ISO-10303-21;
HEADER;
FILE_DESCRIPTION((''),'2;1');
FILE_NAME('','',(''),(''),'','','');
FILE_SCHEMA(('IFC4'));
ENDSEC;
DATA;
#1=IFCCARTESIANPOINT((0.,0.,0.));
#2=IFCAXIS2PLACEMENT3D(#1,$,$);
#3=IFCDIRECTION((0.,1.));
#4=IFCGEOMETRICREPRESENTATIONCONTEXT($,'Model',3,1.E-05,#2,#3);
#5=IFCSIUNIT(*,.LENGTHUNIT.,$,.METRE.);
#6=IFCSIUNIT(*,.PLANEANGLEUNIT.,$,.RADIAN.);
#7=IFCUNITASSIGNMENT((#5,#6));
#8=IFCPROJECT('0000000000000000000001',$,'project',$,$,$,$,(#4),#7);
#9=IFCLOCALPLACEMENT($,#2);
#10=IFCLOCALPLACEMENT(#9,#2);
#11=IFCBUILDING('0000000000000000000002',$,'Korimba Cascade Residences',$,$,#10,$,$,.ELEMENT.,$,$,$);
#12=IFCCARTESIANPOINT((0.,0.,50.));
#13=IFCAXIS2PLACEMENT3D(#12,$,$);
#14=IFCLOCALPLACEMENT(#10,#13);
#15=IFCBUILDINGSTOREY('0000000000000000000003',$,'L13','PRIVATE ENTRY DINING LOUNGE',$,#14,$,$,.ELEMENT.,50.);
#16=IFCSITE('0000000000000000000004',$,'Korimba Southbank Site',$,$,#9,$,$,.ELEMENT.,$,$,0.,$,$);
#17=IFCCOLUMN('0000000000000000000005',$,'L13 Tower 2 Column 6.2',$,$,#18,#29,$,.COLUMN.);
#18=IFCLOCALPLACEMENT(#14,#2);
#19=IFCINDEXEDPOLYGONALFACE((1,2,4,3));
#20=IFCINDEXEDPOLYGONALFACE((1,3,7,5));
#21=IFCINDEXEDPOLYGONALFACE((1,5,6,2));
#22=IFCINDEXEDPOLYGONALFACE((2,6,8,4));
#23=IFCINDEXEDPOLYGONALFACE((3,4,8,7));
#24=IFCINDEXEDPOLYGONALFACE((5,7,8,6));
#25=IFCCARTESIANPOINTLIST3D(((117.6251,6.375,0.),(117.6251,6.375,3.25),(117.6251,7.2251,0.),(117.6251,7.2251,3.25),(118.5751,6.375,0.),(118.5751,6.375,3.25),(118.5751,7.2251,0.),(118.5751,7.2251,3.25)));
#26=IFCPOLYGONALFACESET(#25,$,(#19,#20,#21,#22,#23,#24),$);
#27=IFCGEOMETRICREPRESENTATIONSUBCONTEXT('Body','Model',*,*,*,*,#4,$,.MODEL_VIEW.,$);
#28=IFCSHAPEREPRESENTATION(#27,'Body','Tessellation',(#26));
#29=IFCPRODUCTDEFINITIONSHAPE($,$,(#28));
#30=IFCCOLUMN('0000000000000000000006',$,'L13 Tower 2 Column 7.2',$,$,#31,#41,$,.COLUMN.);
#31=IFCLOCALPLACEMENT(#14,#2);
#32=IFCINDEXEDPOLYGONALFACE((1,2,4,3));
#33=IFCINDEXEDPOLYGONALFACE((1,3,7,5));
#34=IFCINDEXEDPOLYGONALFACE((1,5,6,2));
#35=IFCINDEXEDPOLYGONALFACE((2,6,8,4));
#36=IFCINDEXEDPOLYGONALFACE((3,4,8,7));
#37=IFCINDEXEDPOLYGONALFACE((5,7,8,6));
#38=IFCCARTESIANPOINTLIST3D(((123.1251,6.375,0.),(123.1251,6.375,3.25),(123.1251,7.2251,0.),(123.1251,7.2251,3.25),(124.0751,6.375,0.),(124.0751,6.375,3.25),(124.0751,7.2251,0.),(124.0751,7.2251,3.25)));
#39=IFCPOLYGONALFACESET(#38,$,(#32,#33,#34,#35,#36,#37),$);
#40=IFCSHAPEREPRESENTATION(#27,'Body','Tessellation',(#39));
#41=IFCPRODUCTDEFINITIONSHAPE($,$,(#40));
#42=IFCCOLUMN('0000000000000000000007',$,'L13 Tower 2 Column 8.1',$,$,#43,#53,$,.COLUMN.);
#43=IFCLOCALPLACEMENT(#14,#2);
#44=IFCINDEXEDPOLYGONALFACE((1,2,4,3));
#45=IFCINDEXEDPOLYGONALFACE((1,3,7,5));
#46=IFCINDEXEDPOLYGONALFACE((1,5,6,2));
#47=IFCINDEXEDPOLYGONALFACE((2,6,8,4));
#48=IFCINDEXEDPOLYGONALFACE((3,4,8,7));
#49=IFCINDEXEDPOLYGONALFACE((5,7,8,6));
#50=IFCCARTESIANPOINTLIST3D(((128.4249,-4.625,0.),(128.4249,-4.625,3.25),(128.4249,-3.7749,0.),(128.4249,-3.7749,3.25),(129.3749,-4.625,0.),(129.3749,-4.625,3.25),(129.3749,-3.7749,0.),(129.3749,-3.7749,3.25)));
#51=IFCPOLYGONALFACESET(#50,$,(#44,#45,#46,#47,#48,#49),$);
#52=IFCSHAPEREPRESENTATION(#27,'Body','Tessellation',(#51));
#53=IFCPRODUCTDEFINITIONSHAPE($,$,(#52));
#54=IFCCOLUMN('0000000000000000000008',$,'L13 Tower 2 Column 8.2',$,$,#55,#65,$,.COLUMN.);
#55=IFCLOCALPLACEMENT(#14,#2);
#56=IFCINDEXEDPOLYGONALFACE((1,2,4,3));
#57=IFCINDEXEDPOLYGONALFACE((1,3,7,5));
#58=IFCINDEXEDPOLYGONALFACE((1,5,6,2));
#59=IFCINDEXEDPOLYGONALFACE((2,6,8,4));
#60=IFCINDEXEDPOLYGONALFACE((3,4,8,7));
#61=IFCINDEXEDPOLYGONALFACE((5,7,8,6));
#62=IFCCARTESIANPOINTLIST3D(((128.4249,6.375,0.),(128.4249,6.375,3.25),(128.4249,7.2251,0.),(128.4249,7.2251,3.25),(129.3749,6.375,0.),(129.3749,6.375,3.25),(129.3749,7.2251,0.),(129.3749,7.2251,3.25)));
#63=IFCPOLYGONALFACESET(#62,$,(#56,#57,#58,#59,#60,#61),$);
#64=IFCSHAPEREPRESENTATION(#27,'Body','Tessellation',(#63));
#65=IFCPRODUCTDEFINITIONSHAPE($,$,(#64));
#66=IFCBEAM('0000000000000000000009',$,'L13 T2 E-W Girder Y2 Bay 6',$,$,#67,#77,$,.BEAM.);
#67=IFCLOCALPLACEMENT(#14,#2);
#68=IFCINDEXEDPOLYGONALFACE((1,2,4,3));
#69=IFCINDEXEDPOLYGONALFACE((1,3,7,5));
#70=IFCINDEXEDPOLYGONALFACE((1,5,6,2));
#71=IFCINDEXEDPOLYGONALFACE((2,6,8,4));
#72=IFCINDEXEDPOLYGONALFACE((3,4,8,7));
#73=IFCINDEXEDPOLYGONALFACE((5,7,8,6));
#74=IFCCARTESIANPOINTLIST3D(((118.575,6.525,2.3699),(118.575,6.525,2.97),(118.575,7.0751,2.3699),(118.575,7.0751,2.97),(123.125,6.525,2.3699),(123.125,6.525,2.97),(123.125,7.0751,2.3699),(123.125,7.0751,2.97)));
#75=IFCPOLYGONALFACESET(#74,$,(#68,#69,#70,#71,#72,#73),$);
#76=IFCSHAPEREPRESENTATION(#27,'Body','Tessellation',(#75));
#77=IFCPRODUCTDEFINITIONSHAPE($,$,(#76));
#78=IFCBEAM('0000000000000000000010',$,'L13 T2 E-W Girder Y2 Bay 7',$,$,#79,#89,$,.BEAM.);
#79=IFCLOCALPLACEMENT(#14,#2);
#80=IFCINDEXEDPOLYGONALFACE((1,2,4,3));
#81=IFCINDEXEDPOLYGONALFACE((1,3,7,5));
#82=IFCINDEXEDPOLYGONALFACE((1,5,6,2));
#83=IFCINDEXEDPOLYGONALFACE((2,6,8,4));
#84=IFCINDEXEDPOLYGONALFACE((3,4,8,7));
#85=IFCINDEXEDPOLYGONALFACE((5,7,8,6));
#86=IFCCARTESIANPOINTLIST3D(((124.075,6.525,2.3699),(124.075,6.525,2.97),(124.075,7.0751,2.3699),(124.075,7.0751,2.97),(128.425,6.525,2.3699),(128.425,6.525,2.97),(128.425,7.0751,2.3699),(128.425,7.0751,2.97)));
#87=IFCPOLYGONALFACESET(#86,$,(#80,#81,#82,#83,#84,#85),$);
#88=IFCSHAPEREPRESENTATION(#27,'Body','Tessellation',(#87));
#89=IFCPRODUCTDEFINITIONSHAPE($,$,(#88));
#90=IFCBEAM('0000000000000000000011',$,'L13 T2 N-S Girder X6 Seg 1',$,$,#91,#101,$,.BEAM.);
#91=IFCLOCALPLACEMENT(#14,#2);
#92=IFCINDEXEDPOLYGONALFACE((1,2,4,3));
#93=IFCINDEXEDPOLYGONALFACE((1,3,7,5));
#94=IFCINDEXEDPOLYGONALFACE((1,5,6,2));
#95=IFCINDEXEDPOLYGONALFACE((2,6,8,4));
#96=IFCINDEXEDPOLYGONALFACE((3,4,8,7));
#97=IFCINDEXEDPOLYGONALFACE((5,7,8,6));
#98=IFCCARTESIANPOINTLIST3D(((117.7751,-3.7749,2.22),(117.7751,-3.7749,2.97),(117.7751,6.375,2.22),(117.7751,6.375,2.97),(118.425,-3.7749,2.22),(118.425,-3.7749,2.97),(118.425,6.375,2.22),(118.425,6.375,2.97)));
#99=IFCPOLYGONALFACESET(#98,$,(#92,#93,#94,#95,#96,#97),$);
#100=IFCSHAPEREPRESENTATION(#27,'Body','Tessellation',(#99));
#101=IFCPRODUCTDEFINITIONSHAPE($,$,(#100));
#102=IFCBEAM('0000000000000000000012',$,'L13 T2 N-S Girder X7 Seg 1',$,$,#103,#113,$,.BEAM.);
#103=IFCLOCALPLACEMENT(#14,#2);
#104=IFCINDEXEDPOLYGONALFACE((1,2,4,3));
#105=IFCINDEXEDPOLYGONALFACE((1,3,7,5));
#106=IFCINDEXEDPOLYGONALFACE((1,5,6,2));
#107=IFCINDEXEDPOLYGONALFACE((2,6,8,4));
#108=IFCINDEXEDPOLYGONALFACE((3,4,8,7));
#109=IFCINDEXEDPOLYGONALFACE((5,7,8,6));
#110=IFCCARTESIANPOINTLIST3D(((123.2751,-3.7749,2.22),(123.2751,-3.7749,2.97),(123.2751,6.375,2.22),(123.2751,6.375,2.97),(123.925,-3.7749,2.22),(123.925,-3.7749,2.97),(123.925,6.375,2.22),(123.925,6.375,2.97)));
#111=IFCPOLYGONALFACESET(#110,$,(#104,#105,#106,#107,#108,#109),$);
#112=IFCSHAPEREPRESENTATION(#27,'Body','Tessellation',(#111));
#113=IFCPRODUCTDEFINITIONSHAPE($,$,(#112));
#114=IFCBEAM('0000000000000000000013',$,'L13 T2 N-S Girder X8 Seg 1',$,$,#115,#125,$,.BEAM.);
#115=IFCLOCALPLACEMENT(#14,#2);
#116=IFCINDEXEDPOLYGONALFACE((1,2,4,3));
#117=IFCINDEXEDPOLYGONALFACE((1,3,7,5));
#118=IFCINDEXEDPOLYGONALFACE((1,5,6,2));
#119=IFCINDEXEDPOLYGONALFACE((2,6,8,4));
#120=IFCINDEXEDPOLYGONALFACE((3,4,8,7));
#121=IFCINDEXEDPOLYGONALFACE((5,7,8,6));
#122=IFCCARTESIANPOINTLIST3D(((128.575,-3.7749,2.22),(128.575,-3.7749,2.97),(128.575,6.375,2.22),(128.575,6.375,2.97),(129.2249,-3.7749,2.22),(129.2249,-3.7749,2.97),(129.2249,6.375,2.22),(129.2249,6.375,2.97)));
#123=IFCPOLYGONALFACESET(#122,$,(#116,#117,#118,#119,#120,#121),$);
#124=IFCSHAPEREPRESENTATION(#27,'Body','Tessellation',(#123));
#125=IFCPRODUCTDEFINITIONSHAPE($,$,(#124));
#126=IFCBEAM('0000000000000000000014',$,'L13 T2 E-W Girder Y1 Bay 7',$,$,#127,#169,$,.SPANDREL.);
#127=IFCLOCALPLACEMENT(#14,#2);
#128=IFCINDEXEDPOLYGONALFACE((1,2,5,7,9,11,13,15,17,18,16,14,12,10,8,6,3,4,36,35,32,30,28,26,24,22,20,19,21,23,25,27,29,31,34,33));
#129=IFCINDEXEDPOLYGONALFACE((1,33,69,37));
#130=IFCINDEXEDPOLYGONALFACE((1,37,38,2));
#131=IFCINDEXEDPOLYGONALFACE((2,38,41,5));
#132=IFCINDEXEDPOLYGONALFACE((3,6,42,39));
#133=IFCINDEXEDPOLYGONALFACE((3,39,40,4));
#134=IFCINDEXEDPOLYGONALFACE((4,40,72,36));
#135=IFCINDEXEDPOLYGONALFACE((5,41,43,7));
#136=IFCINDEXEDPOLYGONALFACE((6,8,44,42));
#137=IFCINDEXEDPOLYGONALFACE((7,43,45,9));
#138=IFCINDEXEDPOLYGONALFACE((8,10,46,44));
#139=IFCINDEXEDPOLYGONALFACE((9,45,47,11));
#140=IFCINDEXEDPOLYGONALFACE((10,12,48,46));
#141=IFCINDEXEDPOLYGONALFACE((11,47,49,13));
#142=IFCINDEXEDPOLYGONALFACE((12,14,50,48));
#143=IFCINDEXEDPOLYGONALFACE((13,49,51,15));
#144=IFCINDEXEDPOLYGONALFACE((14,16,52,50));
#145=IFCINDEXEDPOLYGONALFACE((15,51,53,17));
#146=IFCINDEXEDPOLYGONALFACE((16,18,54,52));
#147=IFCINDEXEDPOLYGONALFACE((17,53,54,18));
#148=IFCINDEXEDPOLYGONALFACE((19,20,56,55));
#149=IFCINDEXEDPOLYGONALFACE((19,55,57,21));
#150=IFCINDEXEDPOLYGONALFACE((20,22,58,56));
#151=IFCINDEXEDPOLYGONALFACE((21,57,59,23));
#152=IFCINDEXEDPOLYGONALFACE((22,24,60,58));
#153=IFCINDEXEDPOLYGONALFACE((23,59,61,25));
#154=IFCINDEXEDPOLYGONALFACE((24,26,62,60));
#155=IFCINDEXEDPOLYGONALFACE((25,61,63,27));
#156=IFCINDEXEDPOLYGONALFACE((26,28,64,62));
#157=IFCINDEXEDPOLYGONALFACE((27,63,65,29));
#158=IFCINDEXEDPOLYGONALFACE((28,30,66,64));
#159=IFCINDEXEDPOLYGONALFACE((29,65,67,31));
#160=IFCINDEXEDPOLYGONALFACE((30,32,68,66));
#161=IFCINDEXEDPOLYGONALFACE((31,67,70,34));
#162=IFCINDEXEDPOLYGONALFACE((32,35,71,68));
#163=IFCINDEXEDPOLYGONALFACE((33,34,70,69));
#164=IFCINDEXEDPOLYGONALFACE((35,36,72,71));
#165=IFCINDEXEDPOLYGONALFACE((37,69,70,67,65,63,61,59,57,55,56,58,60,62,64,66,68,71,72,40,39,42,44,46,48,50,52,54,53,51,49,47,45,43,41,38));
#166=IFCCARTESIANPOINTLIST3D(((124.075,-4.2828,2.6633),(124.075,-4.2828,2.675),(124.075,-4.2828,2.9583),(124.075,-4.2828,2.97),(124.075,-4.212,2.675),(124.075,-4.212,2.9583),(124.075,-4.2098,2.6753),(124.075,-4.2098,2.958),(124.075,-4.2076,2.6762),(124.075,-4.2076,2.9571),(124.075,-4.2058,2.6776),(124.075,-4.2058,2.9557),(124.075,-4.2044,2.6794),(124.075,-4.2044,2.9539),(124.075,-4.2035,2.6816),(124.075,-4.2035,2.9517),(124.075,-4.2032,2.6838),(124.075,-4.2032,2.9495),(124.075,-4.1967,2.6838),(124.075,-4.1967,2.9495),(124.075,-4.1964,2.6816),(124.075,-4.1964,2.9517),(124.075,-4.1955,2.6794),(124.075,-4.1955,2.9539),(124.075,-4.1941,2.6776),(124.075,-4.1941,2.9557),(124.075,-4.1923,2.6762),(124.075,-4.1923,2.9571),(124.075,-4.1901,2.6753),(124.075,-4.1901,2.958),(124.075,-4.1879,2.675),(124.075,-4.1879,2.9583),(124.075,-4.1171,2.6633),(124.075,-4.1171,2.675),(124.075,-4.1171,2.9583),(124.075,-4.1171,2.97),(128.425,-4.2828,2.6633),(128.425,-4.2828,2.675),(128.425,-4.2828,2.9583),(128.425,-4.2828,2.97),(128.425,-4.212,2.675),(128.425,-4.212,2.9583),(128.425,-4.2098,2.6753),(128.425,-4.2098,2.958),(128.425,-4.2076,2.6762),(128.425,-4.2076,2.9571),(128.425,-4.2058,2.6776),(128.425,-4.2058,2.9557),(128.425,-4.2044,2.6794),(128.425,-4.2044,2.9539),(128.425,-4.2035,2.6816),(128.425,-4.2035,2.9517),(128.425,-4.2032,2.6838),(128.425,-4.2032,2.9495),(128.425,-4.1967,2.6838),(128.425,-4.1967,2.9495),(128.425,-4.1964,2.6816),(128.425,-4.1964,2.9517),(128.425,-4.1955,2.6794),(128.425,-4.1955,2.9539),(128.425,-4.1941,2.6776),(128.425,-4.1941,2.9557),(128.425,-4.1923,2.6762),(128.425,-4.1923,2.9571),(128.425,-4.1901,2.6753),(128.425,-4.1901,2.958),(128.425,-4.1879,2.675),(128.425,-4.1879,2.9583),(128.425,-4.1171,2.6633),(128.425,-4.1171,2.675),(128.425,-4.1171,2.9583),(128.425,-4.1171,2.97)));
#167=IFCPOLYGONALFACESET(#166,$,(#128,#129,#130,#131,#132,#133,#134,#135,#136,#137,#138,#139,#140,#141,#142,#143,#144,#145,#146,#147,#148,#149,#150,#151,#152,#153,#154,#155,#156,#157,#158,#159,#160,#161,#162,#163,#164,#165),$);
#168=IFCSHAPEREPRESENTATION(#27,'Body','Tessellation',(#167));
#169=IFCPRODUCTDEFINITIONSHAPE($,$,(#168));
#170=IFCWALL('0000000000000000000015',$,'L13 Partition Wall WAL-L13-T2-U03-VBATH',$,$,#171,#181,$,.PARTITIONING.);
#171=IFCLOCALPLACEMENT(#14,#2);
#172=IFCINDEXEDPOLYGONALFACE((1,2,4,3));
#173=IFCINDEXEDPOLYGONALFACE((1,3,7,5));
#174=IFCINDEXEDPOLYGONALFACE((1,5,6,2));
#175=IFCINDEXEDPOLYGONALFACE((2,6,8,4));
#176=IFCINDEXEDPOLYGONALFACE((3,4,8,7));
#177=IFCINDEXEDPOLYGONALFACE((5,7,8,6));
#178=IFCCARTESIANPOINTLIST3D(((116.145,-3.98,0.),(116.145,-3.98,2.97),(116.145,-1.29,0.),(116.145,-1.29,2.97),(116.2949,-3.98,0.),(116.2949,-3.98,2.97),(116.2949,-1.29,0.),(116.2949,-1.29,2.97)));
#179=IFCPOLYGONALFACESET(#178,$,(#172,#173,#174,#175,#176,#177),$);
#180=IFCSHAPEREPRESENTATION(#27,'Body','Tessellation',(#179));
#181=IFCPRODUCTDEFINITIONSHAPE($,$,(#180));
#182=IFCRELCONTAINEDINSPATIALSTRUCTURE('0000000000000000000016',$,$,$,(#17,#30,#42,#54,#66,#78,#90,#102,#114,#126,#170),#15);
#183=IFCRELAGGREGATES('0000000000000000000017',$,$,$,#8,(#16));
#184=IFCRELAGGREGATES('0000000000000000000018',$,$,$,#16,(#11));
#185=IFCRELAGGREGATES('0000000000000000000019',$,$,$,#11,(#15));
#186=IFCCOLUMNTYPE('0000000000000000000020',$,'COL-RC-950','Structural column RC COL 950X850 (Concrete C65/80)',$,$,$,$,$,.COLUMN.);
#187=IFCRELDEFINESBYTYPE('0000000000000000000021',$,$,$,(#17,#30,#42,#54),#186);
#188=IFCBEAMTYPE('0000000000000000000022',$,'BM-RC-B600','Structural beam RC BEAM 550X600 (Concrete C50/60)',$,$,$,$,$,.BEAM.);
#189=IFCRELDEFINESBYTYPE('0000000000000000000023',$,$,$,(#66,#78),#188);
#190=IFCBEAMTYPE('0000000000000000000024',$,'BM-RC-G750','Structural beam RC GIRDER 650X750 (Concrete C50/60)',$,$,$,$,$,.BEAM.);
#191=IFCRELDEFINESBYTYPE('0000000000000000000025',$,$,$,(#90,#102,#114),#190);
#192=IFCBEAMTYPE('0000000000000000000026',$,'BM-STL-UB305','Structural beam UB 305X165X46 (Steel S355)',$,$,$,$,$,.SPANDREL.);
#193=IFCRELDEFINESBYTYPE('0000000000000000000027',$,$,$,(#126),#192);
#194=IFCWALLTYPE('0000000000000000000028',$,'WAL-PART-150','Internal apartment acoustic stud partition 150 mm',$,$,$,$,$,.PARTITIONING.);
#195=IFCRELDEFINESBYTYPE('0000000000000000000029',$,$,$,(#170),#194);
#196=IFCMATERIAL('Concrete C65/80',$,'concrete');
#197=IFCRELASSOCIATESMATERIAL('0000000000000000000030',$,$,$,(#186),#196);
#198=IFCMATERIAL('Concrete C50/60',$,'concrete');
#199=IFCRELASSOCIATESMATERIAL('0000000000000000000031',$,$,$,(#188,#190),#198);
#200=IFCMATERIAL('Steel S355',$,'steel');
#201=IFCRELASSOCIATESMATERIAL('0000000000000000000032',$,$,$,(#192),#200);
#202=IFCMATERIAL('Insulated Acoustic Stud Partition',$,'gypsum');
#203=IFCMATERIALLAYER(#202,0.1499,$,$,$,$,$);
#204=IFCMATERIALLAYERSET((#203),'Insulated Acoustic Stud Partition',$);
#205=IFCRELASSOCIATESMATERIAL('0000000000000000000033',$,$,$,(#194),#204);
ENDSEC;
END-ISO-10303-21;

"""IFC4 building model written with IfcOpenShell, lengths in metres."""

from ifc_helpers import new_model, si_unit, direction, frame, frame_2d, origin, origin_2d, place, context, subcontext, project, spatial, rectangle, i_section, extrude, material, layer, layer_set, material_profile, profile_set, type_object, element, save


model = new_model("IFC4")

# Units and contexts
model_context = context("Model", 3, precision=1e-05, world=origin(), true_north=direction((0.0, 1.0)))
body_context = subcontext(model_context, "Body", "Model", "MODEL_VIEW")
ifc_project = project(units=[si_unit("LENGTHUNIT", "METRE"), si_unit("PLANEANGLEUNIT", "RADIAN")], contexts=[model_context])

# Site, building, storey
site_placement = place(None, origin())
site = spatial("IfcSite", under=ifc_project, at=site_placement, Name="Korimba Southbank Site", CompositionType="ELEMENT", RefElevation=0.0)
building_placement = place(site_placement, origin())
building = spatial("IfcBuilding", under=site, at=building_placement, Name="Korimba Cascade Residences", CompositionType="ELEMENT")
storey_placement = place(building_placement, frame((0.0, 0.0, 50.0)))
storey = spatial("IfcBuildingStorey", under=building, at=storey_placement, Name="L13", Description="PRIVATE ENTRY DINING LOUNGE", CompositionType="ELEMENT", Elevation=50.0)

# Columns
ifc_material_1 = material(Name="Concrete C65/80", Category="concrete")
ifc_material_profile_1 = material_profile(ifc_material_1, rectangle(XDim=0.95, YDim=0.8501, at=origin_2d()), Name="Concrete C65/80")
ifc_profile_set_1 = profile_set([ifc_material_profile_1], Name="Concrete C65/80")
column_type = type_object("IfcColumnType", Name="COL-RC-950", Description="Structural column RC COL 950X850 (Concrete C65/80)", PredefinedType="COLUMN", material=ifc_profile_set_1)
for number, where, z_axis, x_axis, name in (
    (1, (118.1001, 6.8, 0.0), (0.0, 0.0, 1.0), (1.0, 0.0, 0.0), "L13 Tower 2 Column 6.2"),
    (2, (123.6001, 6.8, 0.0), (0.0, 0.0, 1.0), (1.0, 0.0, 0.0), "L13 Tower 2 Column 7.2"),
    (3, (128.8999, -4.2, 0.0), (0.0, 0.0, 1.0), (1.0, 0.0, 0.0), "L13 Tower 2 Column 8.1"),
    (4, (128.8999, 6.8, 0.0), (0.0, 0.0, 1.0), (1.0, 0.0, 0.0), "L13 Tower 2 Column 8.2"),
):
    element("IfcColumn", number, at=place(storey_placement, frame(where, z_axis=z_axis, x_axis=x_axis)), inside=storey, type_object=column_type, Name=name, PredefinedType="COLUMN", context=body_context, shape_type="SweptSolid", body=[
        extrude(rectangle(XDim=0.95, YDim=0.8501, at=origin_2d()), origin(), (0.0, 0.0, 1.0), 3.25),
    ])

# Beams
ifc_material_2 = material(Name="Concrete C50/60", Category="concrete")
ifc_material_profile_2 = material_profile(ifc_material_2, rectangle(XDim=0.55, YDim=0.6001, at=origin_2d()), Name="Concrete C50/60")
ifc_profile_set_2 = profile_set([ifc_material_profile_2], Name="Concrete C50/60")
beam_type_1 = type_object("IfcBeamType", Name="BM-RC-B600", Description="Structural beam RC BEAM 550X600 (Concrete C50/60)", PredefinedType="BEAM", material=ifc_profile_set_2)
beam_1_placement = place(storey_placement, frame((118.575, 6.8, 2.6699), z_axis=(1.0, 0.0, 0.0), x_axis=(0.0, 1.0, 0.0)))
element("IfcBeam", 5, at=beam_1_placement, inside=storey, type_object=beam_type_1, Name="L13 T2 E-W Girder Y2 Bay 6", PredefinedType="BEAM", context=body_context, shape_type="SweptSolid", body=[
    extrude(rectangle(XDim=0.55, YDim=0.6001, at=origin_2d()), origin(), (0.0, 0.0, 1.0), 4.55),
])
beam_2_placement = place(storey_placement, frame((124.075, 6.8, 2.6699), z_axis=(1.0, 0.0, 0.0), x_axis=(0.0, 1.0, 0.0)))
element("IfcBeam", 6, at=beam_2_placement, inside=storey, type_object=beam_type_1, Name="L13 T2 E-W Girder Y2 Bay 7", PredefinedType="BEAM", context=body_context, shape_type="SweptSolid", body=[
    extrude(rectangle(XDim=0.55, YDim=0.6001, at=origin_2d()), origin(), (0.0, 0.0, 1.0), 4.3501),
])
ifc_material_profile_3 = material_profile(ifc_material_2, rectangle(XDim=0.6499, YDim=0.75, at=origin_2d()), Name="Concrete C50/60")
ifc_profile_set_3 = profile_set([ifc_material_profile_3], Name="Concrete C50/60")
beam_type_2 = type_object("IfcBeamType", Name="BM-RC-G750", Description="Structural beam RC GIRDER 650X750 (Concrete C50/60)", PredefinedType="BEAM", material=ifc_profile_set_3)
for number, where, z_axis, x_axis, name in (
    (7, (118.1001, -3.7749, 2.595), (0.0, 1.0, 0.0), (-1.0, 0.0, 0.0), "L13 T2 N-S Girder X6 Seg 1"),
    (8, (123.6001, -3.7749, 2.595), (0.0, 1.0, 0.0), (-1.0, 0.0, 0.0), "L13 T2 N-S Girder X7 Seg 1"),
    (9, (128.8999, -3.7749, 2.595), (0.0, 1.0, 0.0), (-1.0, 0.0, 0.0), "L13 T2 N-S Girder X8 Seg 1"),
):
    element("IfcBeam", number, at=place(storey_placement, frame(where, z_axis=z_axis, x_axis=x_axis)), inside=storey, type_object=beam_type_2, Name=name, PredefinedType="BEAM", context=body_context, shape_type="SweptSolid", body=[
        extrude(rectangle(XDim=0.6499, YDim=0.75, at=origin_2d()), origin(), (0.0, 0.0, 1.0), 10.1499),
    ])
ifc_material_3 = material(Name="Steel S355", Category="steel")
ifc_material_profile_4 = material_profile(ifc_material_3, i_section(OverallWidth=0.1658, OverallDepth=0.3066, WebThickness=0.0066, FlangeThickness=0.0117, FilletRadius=0.0088, at=origin_2d()), Name="Steel S355")
ifc_profile_set_4 = profile_set([ifc_material_profile_4], Name="Steel S355")
beam_type_3 = type_object("IfcBeamType", Name="BM-STL-UB305", Description="Structural beam UB 305X165X46 (Steel S355)", PredefinedType="SPANDREL", material=ifc_profile_set_4)
beam_3_placement = place(storey_placement, frame((124.075, -4.2, 2.8167), z_axis=(1.0, 0.0, 0.0), x_axis=(0.0, 1.0, 0.0)))
element("IfcBeam", 10, at=beam_3_placement, inside=storey, type_object=beam_type_3, Name="L13 T2 E-W Girder Y1 Bay 7", PredefinedType="SPANDREL", context=body_context, shape_type="SweptSolid", body=[
    extrude(i_section(OverallWidth=0.1658, OverallDepth=0.3066, WebThickness=0.0066, FlangeThickness=0.0117, FilletRadius=0.0088, at=origin_2d()), origin(), (0.0, 0.0, 1.0), 4.3501),
])

# Wall
ifc_material_4 = material(Name="Insulated Acoustic Stud Partition", Category="gypsum")
ifc_layer = layer(ifc_material_4, 0.1499)
ifc_layer_set = layer_set([ifc_layer], Name="Insulated Acoustic Stud Partition")
wall_type = type_object("IfcWallType", Name="WAL-PART-150", Description="Internal apartment acoustic stud partition 150 mm", PredefinedType="PARTITIONING", material=ifc_layer_set)
wall_1_placement = place(storey_placement, frame((116.22, -3.98, 0.0), z_axis=(0.0, 0.0, 1.0), x_axis=(0.0, 1.0, 0.0)))
element("IfcWall", 11, at=wall_1_placement, inside=storey, type_object=wall_type, Name="L13 Partition Wall WAL-L13-T2-U03-VBATH", PredefinedType="PARTITIONING", context=body_context, shape_type="SweptSolid", body=[
    extrude(rectangle(XDim=2.6899, YDim=0.1499, at=frame_2d((1.345, 0.0))), origin(), (0.0, 0.0, 1.0), 2.97),
])

save(model, "model.ifc")
